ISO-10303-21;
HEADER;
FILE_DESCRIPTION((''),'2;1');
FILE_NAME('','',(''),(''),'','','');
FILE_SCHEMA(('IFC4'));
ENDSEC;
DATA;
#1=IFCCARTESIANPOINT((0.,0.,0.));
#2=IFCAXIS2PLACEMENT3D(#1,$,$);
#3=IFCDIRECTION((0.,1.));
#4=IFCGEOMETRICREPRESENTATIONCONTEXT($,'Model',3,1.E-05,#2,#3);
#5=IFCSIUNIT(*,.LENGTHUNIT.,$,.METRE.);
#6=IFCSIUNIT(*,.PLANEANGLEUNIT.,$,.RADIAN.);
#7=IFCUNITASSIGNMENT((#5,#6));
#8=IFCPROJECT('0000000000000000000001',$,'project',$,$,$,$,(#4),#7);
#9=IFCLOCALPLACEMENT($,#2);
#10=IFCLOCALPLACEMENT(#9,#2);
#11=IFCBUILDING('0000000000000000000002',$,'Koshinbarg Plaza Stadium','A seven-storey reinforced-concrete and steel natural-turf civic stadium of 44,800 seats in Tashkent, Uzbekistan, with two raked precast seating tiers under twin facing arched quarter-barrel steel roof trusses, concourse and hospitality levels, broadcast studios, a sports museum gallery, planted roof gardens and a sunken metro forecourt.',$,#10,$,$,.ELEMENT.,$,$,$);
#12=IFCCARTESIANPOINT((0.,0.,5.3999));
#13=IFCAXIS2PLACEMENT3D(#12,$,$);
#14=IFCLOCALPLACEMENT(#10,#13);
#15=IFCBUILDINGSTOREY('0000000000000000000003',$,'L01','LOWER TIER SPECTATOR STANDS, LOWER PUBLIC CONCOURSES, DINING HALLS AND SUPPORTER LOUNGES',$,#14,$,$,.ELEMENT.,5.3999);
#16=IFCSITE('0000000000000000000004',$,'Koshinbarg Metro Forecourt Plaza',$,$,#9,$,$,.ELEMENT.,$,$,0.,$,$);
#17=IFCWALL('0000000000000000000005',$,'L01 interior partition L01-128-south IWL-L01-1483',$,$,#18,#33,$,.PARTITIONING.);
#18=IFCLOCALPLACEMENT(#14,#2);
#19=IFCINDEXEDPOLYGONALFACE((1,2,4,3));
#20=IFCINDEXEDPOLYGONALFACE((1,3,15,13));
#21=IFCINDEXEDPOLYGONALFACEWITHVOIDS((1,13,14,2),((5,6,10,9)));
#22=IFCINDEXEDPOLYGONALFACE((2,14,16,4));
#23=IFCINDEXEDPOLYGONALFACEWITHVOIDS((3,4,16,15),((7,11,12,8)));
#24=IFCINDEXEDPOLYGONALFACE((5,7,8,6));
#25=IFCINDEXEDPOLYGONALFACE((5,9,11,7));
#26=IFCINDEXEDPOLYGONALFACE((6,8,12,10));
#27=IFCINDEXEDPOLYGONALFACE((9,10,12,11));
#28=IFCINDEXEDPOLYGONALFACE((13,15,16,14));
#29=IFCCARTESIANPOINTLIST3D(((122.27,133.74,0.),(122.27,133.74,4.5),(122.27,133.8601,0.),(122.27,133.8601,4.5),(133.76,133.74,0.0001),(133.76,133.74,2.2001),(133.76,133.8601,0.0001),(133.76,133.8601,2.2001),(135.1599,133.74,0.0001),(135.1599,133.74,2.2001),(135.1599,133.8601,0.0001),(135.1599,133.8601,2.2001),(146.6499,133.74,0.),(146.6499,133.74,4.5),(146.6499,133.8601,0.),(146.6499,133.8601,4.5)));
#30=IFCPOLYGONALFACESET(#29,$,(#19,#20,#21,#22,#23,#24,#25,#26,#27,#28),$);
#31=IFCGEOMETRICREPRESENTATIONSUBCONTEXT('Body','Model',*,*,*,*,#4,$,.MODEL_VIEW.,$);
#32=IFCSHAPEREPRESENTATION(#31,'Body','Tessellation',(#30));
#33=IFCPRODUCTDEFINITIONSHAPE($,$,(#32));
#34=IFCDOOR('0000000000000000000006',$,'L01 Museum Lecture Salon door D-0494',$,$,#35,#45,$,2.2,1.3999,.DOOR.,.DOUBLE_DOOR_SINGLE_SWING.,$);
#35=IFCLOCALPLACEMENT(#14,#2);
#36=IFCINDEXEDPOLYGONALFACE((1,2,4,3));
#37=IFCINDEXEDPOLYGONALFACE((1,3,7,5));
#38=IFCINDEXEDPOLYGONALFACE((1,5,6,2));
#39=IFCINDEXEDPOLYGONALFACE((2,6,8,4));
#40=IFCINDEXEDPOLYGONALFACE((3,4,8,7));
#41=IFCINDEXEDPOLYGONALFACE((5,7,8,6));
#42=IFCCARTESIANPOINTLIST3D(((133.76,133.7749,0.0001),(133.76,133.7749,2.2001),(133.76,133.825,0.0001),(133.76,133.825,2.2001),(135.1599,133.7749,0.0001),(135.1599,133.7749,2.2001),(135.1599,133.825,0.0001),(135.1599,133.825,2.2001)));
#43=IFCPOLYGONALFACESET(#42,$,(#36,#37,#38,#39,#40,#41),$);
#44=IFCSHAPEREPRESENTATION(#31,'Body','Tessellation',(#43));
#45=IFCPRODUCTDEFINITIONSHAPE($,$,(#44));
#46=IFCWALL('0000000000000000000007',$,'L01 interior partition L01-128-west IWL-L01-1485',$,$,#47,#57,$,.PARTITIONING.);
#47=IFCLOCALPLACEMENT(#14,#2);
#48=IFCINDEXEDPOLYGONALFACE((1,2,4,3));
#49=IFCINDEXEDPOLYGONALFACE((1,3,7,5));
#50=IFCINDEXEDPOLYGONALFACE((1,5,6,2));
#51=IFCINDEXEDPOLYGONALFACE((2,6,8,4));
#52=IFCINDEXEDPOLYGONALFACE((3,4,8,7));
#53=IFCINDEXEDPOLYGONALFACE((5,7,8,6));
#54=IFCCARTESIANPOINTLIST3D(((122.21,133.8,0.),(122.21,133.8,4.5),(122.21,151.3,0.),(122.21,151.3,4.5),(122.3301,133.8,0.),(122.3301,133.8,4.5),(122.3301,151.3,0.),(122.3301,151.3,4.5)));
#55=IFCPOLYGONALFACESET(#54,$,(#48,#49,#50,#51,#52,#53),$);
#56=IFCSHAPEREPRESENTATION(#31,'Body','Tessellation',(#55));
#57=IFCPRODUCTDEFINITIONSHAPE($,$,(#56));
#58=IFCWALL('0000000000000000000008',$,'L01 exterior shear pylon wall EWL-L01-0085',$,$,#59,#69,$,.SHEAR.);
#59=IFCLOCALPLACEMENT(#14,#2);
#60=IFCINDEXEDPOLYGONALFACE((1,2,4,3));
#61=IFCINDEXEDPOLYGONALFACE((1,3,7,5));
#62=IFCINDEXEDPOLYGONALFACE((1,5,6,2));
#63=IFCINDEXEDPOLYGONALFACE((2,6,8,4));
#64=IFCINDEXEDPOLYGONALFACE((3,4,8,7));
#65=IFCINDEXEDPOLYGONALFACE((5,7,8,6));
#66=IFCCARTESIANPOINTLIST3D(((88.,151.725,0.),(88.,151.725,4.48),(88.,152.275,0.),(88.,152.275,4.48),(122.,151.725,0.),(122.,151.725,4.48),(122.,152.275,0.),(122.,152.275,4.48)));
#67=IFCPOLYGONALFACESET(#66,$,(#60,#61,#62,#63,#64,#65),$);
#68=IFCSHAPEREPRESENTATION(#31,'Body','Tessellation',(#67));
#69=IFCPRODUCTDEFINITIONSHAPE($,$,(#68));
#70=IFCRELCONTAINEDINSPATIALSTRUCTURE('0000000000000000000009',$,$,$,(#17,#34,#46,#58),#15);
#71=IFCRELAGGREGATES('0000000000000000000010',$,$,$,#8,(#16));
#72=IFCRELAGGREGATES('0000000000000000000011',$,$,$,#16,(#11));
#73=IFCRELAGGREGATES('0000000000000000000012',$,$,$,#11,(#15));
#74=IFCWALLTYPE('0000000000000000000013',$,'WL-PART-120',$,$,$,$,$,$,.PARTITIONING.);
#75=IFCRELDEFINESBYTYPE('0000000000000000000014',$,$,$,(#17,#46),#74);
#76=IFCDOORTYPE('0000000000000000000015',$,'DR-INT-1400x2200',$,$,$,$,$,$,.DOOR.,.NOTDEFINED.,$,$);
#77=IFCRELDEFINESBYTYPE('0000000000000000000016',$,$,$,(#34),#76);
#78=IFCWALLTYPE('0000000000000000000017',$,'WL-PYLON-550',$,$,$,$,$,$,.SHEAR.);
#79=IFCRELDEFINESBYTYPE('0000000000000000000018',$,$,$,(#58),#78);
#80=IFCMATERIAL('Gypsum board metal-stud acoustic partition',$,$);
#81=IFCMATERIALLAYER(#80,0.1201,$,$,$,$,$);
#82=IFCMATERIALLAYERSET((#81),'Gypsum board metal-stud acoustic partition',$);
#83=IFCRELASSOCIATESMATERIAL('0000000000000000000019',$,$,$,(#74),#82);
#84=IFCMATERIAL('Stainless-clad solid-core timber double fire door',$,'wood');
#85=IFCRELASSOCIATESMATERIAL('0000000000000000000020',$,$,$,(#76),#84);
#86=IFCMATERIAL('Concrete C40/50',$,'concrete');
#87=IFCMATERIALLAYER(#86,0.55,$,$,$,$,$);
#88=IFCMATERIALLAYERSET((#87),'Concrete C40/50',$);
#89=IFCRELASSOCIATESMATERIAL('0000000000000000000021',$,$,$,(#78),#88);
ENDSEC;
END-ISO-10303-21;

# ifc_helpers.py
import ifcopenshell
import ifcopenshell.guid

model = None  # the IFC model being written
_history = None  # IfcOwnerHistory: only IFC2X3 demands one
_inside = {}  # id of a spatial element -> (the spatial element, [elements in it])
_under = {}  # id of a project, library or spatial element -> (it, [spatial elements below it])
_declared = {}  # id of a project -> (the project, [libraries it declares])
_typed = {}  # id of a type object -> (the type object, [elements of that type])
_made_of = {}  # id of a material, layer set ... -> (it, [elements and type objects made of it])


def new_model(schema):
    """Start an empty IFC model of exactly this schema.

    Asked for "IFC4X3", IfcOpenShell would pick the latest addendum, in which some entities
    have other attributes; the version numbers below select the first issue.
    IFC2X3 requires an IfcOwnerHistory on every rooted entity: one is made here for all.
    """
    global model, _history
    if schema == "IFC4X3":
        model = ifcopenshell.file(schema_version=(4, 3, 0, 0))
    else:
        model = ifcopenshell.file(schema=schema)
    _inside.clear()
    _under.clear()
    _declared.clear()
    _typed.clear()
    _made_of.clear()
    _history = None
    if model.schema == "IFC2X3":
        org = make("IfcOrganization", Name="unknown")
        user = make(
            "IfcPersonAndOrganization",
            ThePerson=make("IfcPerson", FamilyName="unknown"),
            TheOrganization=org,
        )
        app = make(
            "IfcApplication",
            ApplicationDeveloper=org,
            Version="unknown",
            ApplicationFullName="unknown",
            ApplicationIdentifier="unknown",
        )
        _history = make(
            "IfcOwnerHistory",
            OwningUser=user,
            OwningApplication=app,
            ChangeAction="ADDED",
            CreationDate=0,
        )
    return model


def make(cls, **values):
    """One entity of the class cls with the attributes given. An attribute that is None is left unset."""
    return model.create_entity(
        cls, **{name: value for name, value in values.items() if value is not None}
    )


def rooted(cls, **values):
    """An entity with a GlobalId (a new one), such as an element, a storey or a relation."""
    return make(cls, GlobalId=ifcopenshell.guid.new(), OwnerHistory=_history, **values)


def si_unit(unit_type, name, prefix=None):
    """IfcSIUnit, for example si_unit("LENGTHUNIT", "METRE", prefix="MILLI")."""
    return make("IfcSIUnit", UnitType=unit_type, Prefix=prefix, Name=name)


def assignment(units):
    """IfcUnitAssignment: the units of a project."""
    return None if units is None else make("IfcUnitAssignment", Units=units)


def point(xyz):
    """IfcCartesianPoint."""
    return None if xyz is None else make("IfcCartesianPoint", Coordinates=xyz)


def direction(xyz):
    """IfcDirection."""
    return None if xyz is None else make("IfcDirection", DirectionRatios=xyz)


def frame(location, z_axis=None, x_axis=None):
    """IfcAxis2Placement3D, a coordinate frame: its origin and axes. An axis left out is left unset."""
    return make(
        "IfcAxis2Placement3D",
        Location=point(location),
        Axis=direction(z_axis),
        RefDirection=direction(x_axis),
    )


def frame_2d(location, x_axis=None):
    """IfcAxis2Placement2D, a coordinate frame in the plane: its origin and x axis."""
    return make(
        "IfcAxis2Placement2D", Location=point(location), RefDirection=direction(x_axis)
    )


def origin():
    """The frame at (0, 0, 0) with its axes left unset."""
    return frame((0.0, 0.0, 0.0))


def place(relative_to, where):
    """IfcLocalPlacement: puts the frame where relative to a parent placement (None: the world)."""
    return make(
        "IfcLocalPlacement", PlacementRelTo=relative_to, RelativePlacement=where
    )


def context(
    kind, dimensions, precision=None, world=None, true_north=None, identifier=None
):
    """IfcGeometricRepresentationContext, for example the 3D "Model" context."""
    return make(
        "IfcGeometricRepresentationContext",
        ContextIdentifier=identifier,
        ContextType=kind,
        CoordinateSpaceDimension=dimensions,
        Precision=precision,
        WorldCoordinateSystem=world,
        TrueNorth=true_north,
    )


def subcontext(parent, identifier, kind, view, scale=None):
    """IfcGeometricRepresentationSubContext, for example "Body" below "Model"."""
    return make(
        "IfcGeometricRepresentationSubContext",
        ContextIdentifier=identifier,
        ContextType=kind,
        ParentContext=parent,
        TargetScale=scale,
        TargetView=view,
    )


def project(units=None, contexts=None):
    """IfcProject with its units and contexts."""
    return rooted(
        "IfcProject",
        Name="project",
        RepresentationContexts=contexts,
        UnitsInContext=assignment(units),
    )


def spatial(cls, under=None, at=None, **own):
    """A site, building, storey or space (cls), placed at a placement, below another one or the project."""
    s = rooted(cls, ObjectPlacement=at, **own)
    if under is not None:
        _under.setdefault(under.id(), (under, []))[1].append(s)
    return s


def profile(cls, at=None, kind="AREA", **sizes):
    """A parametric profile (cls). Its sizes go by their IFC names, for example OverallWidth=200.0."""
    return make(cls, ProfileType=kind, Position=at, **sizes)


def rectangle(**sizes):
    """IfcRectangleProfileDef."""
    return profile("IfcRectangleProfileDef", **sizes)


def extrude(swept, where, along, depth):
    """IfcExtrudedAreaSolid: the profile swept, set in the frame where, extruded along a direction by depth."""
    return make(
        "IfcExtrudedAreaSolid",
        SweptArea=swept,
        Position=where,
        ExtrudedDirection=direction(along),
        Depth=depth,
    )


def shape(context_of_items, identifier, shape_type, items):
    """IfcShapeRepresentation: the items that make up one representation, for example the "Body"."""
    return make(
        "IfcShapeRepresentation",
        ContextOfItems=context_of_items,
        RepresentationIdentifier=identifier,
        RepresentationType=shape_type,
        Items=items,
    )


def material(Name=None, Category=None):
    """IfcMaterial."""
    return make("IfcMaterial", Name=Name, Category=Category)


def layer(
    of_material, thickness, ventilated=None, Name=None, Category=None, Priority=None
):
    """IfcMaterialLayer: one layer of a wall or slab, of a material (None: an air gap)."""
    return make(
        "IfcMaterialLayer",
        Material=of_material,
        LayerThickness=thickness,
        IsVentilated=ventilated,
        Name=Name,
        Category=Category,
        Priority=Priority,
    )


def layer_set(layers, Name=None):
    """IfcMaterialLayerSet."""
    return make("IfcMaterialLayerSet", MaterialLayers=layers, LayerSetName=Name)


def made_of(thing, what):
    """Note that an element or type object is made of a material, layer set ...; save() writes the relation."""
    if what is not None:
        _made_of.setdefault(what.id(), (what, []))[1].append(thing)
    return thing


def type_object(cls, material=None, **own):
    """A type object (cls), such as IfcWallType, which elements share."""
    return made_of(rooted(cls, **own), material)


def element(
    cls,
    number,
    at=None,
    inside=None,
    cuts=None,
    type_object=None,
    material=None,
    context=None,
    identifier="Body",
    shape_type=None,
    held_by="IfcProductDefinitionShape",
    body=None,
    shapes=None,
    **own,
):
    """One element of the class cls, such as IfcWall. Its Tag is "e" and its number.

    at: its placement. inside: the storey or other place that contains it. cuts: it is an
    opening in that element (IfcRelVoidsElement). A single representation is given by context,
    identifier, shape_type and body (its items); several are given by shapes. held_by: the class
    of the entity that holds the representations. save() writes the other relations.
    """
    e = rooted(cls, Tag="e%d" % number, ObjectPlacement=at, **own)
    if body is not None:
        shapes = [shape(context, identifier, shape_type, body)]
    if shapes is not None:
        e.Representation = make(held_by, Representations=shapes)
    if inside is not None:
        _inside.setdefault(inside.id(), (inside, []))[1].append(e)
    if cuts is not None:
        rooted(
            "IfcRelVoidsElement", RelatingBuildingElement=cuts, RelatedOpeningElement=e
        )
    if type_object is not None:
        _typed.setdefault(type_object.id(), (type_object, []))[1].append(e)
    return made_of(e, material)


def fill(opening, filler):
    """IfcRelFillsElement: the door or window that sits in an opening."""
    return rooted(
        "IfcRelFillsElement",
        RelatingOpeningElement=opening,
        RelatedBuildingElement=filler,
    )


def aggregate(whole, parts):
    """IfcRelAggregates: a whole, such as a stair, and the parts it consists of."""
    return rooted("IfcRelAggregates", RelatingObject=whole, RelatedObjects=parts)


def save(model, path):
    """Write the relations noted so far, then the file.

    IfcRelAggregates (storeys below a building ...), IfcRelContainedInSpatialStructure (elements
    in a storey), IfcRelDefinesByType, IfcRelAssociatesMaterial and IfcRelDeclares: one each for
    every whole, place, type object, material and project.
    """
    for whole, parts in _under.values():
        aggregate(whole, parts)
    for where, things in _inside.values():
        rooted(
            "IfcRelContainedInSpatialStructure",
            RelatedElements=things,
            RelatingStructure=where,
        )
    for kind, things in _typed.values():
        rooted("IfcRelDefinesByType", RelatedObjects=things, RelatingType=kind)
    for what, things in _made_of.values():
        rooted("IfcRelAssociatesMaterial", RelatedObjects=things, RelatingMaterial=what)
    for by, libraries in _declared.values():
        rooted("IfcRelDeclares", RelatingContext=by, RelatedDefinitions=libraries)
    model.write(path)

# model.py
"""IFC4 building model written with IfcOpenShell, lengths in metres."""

from ifc_helpers import new_model, si_unit, direction, frame, frame_2d, origin, place, context, subcontext, project, spatial, rectangle, extrude, material, layer, layer_set, type_object, element, fill, save


model = new_model("IFC4")

# Units and contexts
model_context = context("Model", 3, precision=1e-05, world=origin(), true_north=direction((0.0, 1.0)))
body_context = subcontext(model_context, "Body", "Model", "MODEL_VIEW")
ifc_project = project(units=[si_unit("LENGTHUNIT", "METRE"), si_unit("PLANEANGLEUNIT", "RADIAN")], contexts=[model_context])

# Site, building, storey
site_placement = place(None, origin())
site = spatial("IfcSite", under=ifc_project, at=site_placement, Name="Koshinbarg Metro Forecourt Plaza", CompositionType="ELEMENT", RefElevation=0.0)
building_placement = place(site_placement, origin())
building = spatial("IfcBuilding", under=site, at=building_placement, Name="Koshinbarg Plaza Stadium", Description="A seven-storey reinforced-concrete and steel natural-turf civic stadium of 44,800 seats in Tashkent, Uzbekistan, with two raked precast seating tiers under twin facing arched quarter-barrel steel roof trusses, concourse and hospitality levels, broadcast studios, a sports museum gallery, planted roof gardens and a sunken metro forecourt.", CompositionType="ELEMENT")
storey_placement = place(building_placement, frame((0.0, 0.0, 5.3999)))
storey = spatial("IfcBuildingStorey", under=building, at=storey_placement, Name="L01", Description="LOWER TIER SPECTATOR STANDS, LOWER PUBLIC CONCOURSES, DINING HALLS AND SUPPORTER LOUNGES", CompositionType="ELEMENT", Elevation=5.3999)

# Shared definitions
ifc_material_1 = material(Name="Gypsum board metal-stud acoustic partition")
ifc_layer_1 = layer(ifc_material_1, 0.1201)
ifc_layer_set_1 = layer_set([ifc_layer_1], Name="Gypsum board metal-stud acoustic partition")
wall_type_1 = type_object("IfcWallType", Name="WL-PART-120", PredefinedType="PARTITIONING", material=ifc_layer_set_1)

# Wall, opening, door
wall_1_placement = place(storey_placement, frame((122.27, 133.8, 0.0), z_axis=(0.0, 0.0, 1.0), x_axis=(1.0, 0.0, 0.0)))
wall_1 = element("IfcWall", 1, at=wall_1_placement, inside=storey, type_object=wall_type_1, Name="L01 interior partition L01-128-south IWL-L01-1483", PredefinedType="PARTITIONING", context=body_context, shape_type="SweptSolid", body=[
    extrude(rectangle(XDim=24.3799, YDim=0.1201, at=frame_2d((12.1899, 0.0))), origin(), (0.0, 0.0, 1.0), 4.5),
])
opening_1_placement = place(wall_1_placement, frame((11.49, 0.0, 0.0)))
opening_1 = element("IfcOpeningElement", 2, at=opening_1_placement, cuts=wall_1, PredefinedType="OPENING", context=body_context, shape_type="SweptSolid", body=[
    extrude(rectangle(XDim=1.3999, YDim=2.2, at=frame_2d((0.7, 1.1001))), frame((0.0, 0.0701, 0.0), z_axis=(0.0, -1.0, 0.0), x_axis=(1.0, 0.0, 0.0)), (0.0, 0.0, 1.0), 0.1401),
])
ifc_material_2 = material(Name="Stainless-clad solid-core timber double fire door", Category="wood")
door_type_1 = type_object("IfcDoorType", Name="DR-INT-1400x2200", OperationType="NOTDEFINED", PredefinedType="DOOR", material=ifc_material_2)
door_1_placement = place(opening_1_placement, origin())
door_1 = element("IfcDoor", 3, at=door_1_placement, inside=storey, type_object=door_type_1, Name="L01 Museum Lecture Salon door D-0494", OperationType="DOUBLE_DOOR_SINGLE_SWING", OverallHeight=2.2, OverallWidth=1.3999, PredefinedType="DOOR", context=body_context, shape_type="SweptSolid", body=[
    extrude(rectangle(XDim=1.3999, YDim=2.2, at=frame_2d((0.7, 1.1001))), frame((0.0, 0.0249, 0.0), z_axis=(0.0, -1.0, 0.0), x_axis=(1.0, 0.0, 0.0)), (0.0, 0.0, 1.0), 0.05),
])
fill(opening_1, door_1)

# Walls
wall_2_placement = place(storey_placement, frame((122.27, 151.3, 0.0), z_axis=(0.0, 0.0, 1.0), x_axis=(0.0, -1.0, 0.0)))
element("IfcWall", 4, at=wall_2_placement, inside=storey, type_object=wall_type_1, Name="L01 interior partition L01-128-west IWL-L01-1485", PredefinedType="PARTITIONING", context=body_context, shape_type="SweptSolid", body=[
    extrude(rectangle(XDim=17.5, YDim=0.1201, at=frame_2d((8.75, 0.0))), origin(), (0.0, 0.0, 1.0), 4.5),
])
ifc_material_3 = material(Name="Concrete C40/50", Category="concrete")
ifc_layer_2 = layer(ifc_material_3, 0.55)
ifc_layer_set_2 = layer_set([ifc_layer_2], Name="Concrete C40/50")
wall_type_2 = type_object("IfcWallType", Name="WL-PYLON-550", PredefinedType="SHEAR", material=ifc_layer_set_2)
wall_3_placement = place(storey_placement, frame((88.0, 152.0, 0.0), z_axis=(0.0, 0.0, 1.0), x_axis=(1.0, 0.0, 0.0)))
element("IfcWall", 5, at=wall_3_placement, inside=storey, type_object=wall_type_2, Name="L01 exterior shear pylon wall EWL-L01-0085", PredefinedType="SHEAR", context=body_context, shape_type="SweptSolid", body=[
    extrude(rectangle(XDim=34.0, YDim=0.55, at=frame_2d((17.0, 0.0))), origin(), (0.0, 0.0, 1.0), 4.48),
])

save(model, "model.ifc")
